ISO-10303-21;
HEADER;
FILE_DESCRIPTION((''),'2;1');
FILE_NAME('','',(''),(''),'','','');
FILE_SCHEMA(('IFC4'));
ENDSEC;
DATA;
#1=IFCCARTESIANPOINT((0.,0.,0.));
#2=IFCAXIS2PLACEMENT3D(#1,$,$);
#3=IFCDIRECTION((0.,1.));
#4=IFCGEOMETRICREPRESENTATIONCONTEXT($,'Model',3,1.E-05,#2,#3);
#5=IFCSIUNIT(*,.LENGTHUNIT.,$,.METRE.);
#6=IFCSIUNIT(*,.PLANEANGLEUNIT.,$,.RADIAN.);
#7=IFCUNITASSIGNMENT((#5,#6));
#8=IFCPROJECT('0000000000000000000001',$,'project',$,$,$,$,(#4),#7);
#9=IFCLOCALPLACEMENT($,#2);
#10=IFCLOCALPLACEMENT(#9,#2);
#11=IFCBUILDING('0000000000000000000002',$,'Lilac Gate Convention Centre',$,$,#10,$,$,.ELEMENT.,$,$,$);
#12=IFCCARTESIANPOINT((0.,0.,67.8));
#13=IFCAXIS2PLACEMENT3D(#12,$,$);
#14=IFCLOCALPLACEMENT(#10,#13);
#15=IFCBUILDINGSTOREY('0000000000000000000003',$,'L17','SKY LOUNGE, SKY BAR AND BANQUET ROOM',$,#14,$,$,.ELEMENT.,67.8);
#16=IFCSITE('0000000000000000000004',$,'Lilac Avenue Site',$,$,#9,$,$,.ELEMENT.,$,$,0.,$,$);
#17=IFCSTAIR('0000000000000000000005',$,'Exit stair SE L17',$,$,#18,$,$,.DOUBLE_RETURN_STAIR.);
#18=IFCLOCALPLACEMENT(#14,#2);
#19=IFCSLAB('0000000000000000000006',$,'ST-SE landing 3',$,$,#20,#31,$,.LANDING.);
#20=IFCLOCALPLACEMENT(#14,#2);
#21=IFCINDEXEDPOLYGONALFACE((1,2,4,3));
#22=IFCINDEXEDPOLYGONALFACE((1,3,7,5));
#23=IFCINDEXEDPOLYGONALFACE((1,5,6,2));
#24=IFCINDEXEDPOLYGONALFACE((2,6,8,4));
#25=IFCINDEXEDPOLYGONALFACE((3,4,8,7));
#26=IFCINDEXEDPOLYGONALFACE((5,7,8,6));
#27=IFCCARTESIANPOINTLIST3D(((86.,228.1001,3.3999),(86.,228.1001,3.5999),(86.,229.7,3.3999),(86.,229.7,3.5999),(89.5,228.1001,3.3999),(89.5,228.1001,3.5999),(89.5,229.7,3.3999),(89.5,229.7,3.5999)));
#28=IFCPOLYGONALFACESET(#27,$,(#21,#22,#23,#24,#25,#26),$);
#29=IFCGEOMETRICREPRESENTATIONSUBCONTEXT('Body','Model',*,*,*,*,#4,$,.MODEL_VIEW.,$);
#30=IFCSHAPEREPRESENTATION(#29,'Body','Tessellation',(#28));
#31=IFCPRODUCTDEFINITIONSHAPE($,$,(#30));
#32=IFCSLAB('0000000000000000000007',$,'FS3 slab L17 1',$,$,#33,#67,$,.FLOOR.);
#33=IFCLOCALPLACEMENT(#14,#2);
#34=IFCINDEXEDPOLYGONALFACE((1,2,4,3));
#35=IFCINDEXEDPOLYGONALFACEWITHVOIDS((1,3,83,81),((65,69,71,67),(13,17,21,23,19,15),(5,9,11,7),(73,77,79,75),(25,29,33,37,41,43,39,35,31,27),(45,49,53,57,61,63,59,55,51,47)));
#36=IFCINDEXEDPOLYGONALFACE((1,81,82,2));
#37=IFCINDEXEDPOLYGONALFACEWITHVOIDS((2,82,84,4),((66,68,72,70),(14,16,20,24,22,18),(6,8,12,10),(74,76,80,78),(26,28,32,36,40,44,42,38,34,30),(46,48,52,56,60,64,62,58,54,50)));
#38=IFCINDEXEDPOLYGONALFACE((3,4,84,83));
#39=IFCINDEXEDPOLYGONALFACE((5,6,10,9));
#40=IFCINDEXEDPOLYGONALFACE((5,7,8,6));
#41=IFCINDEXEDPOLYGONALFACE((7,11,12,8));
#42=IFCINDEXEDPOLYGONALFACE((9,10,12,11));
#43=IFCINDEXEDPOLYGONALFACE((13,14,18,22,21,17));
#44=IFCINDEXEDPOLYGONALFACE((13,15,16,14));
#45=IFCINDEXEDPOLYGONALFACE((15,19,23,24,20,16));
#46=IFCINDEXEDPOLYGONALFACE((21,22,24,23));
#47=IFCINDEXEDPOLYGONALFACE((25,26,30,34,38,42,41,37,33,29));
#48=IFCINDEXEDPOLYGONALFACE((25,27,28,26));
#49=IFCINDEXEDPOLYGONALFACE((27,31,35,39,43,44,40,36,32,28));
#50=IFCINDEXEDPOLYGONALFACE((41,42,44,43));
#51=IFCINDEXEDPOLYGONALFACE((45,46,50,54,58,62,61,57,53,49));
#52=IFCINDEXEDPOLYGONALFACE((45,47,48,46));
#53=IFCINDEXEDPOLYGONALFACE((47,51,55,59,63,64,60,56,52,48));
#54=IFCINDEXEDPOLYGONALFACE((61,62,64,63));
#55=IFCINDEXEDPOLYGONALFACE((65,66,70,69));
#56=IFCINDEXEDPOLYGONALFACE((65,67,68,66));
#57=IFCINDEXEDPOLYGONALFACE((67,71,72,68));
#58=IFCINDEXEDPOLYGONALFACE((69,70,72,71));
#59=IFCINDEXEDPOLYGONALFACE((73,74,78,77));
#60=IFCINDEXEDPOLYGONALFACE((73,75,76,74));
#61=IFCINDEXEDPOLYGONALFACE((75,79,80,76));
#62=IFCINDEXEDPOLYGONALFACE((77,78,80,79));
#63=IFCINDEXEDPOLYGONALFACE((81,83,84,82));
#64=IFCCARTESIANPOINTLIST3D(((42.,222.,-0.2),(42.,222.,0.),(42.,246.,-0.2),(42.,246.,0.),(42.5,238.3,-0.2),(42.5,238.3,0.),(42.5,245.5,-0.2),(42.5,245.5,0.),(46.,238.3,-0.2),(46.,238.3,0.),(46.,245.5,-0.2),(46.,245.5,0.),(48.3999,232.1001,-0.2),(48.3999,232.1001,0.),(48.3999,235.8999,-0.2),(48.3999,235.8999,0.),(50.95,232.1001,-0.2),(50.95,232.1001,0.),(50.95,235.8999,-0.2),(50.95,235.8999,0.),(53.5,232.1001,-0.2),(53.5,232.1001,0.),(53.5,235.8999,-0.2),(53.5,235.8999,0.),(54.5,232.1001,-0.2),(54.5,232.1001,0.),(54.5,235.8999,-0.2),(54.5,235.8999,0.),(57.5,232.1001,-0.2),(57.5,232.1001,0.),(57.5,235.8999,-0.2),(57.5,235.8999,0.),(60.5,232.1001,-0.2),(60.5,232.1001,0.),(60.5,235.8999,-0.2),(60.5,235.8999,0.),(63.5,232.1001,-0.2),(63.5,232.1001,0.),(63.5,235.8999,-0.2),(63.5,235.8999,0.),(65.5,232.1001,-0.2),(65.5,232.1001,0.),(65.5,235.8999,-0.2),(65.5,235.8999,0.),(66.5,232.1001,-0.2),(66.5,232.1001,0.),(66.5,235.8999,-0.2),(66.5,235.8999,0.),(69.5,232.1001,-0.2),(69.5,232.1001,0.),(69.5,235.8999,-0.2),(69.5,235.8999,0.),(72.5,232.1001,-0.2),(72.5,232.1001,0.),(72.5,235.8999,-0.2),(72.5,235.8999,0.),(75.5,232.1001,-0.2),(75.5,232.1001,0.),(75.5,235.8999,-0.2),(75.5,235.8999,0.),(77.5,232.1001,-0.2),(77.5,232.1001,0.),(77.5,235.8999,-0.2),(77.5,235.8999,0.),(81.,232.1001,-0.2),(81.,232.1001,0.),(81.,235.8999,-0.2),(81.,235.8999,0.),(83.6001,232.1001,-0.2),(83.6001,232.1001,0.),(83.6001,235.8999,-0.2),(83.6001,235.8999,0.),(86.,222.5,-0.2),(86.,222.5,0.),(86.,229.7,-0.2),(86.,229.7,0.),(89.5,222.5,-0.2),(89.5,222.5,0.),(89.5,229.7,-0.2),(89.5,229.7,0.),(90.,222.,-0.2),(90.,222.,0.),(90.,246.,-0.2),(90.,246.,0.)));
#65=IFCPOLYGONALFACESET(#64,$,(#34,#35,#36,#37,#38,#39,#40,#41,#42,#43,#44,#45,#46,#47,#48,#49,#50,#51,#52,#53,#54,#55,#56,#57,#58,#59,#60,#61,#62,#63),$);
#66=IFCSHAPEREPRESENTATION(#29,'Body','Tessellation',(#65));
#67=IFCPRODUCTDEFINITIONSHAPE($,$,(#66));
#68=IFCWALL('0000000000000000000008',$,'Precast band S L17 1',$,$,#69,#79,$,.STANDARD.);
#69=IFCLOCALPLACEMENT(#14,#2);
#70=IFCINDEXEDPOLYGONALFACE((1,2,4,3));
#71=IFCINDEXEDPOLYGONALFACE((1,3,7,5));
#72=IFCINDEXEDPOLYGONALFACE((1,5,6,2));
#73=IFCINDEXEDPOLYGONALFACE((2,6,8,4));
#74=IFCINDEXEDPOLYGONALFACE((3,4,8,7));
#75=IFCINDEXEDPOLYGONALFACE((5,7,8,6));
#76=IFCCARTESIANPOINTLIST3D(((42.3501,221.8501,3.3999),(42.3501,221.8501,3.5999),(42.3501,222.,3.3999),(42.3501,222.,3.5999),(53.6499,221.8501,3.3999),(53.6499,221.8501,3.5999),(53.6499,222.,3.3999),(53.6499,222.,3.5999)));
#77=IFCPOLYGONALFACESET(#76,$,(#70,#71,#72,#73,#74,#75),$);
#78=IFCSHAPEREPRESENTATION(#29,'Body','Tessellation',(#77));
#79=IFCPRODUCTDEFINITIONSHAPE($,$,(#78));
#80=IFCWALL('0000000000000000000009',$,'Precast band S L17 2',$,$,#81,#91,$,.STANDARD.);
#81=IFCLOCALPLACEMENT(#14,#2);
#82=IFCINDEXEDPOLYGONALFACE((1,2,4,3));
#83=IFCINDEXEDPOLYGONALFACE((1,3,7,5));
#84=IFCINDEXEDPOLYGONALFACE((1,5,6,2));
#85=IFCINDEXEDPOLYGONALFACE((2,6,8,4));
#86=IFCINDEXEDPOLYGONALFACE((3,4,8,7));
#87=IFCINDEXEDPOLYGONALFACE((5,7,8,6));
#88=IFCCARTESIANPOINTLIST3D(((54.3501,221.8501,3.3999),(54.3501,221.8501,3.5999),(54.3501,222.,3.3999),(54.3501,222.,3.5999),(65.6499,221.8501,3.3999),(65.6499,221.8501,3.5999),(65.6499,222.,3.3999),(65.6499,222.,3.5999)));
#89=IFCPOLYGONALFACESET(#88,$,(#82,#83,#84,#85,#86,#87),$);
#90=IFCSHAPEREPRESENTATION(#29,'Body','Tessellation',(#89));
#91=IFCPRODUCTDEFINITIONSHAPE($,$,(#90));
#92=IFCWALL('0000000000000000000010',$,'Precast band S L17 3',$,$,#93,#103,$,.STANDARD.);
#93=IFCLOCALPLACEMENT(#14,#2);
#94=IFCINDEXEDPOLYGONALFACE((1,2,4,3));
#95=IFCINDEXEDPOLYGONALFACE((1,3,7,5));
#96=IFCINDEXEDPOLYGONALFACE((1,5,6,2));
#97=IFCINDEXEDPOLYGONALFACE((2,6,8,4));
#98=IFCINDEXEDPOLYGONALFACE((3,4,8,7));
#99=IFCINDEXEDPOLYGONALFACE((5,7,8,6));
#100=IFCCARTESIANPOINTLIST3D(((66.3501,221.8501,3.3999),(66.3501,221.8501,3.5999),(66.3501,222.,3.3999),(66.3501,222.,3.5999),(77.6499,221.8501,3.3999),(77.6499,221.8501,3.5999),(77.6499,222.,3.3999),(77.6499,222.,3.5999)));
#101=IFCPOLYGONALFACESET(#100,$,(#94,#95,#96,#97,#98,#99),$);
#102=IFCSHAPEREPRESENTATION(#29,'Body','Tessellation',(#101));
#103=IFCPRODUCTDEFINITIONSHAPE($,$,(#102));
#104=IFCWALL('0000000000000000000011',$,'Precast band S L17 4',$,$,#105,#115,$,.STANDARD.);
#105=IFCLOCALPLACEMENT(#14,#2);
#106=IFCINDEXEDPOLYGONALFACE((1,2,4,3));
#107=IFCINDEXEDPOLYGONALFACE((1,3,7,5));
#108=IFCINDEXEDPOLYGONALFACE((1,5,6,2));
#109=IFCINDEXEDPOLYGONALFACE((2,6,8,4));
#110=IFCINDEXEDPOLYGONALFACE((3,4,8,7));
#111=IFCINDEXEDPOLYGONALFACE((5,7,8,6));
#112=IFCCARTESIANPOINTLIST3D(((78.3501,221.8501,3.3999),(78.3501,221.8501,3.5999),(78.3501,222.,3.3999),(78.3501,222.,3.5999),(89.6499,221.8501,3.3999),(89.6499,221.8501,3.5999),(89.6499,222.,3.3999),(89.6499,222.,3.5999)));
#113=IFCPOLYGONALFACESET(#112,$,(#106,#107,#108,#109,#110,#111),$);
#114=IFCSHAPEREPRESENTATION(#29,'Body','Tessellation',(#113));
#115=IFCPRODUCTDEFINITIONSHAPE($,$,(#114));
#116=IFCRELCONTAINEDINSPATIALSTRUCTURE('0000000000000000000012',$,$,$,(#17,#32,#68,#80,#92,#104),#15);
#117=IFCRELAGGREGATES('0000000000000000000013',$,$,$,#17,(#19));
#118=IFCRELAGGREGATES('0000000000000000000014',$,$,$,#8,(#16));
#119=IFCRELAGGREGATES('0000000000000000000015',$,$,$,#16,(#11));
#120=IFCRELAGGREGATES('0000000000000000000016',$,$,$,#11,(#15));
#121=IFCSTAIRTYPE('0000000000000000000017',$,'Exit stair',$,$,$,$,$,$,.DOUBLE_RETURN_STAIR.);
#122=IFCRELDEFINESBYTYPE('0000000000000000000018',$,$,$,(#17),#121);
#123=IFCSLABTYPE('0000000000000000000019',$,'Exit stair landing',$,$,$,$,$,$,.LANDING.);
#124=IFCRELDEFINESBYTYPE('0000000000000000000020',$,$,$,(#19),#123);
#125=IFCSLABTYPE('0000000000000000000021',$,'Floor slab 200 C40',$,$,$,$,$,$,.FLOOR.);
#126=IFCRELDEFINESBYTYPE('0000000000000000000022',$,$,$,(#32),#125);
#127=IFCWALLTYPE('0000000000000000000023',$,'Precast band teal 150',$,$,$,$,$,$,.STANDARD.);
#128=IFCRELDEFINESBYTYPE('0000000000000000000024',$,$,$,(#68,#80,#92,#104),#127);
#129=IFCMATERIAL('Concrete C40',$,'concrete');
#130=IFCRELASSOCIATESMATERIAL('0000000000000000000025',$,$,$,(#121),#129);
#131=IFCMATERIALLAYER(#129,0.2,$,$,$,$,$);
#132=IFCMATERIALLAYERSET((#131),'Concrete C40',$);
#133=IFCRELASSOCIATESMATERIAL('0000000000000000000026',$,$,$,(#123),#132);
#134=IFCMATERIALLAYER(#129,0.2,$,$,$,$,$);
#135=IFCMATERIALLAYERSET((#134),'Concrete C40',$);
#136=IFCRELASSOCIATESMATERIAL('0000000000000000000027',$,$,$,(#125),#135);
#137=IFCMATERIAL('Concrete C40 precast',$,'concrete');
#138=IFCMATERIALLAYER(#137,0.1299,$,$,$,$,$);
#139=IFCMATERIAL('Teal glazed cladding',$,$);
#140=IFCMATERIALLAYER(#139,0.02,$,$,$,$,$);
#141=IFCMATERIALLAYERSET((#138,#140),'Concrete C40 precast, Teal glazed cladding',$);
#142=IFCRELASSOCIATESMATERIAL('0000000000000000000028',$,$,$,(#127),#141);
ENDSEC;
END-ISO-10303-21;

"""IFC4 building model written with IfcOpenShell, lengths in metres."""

from ifc_helpers import new_model, si_unit, direction, frame, frame_2d, origin, place, context, subcontext, project, spatial, polyline, rectangle, outline, extrude, material, layer, layer_set, type_object, element, aggregate, save


model = new_model("IFC4")

# Units and contexts
model_context = context("Model", 3, precision=1e-05, world=origin(), true_north=direction((0.0, 1.0)))
body_context = subcontext(model_context, "Body", "Model", "MODEL_VIEW")
ifc_project = project(units=[si_unit("LENGTHUNIT", "METRE"), si_unit("PLANEANGLEUNIT", "RADIAN")], contexts=[model_context])

# Site, building, storey
site_placement = place(None, origin())
site = spatial("IfcSite", under=ifc_project, at=site_placement, Name="Lilac Avenue Site", CompositionType="ELEMENT", RefElevation=0.0)
building_placement = place(site_placement, origin())
building = spatial("IfcBuilding", under=site, at=building_placement, Name="Lilac Gate Convention Centre", CompositionType="ELEMENT")
storey_placement = place(building_placement, frame((0.0, 0.0, 67.8)))
storey = spatial("IfcBuildingStorey", under=building, at=storey_placement, Name="L17", Description="SKY LOUNGE, SKY BAR AND BANQUET ROOM", CompositionType="ELEMENT", Elevation=67.8)

# Shared definitions
ifc_material_1 = material(Name="Concrete C40", Category="concrete")

# Stair, slab
stair_type = type_object("IfcStairType", Name="Exit stair", PredefinedType="DOUBLE_RETURN_STAIR", material=ifc_material_1)
ifc_layer_1 = layer(ifc_material_1, 0.2)
ifc_layer_set_1 = layer_set([ifc_layer_1], Name="Concrete C40")
slab_type_1 = type_object("IfcSlabType", Name="Exit stair landing", PredefinedType="LANDING", material=ifc_layer_set_1)
stair_1_placement = place(storey_placement, origin())
stair_1 = element("IfcStair", 1, at=stair_1_placement, inside=storey, type_object=stair_type, Name="Exit stair SE L17", PredefinedType="DOUBLE_RETURN_STAIR")
slab_1_placement = place(storey_placement, frame((0.0, 0.0, 3.3999)))
slab_1 = element("IfcSlab", 2, at=slab_1_placement, type_object=slab_type_1, Name="ST-SE landing 3", PredefinedType="LANDING", context=body_context, shape_type="SweptSolid", body=[
    extrude(outline(polyline([(86.0, 228.1001), (89.5, 228.1001), (89.5, 229.7), (86.0, 229.7), (86.0, 228.1001)])), origin(), (0.0, 0.0, 1.0), 0.2),
])
aggregate(stair_1, [slab_1])

# Slab
ifc_layer_2 = layer(ifc_material_1, 0.2)
ifc_layer_set_2 = layer_set([ifc_layer_2], Name="Concrete C40")
slab_type_2 = type_object("IfcSlabType", Name="Floor slab 200 C40", PredefinedType="FLOOR", material=ifc_layer_set_2)
slab_2_placement = place(storey_placement, frame((0.0, 0.0, -0.2)))
element("IfcSlab", 3, at=slab_2_placement, inside=storey, type_object=slab_type_2, Name="FS3 slab L17 1", PredefinedType="FLOOR", context=body_context, shape_type="SweptSolid", body=[
    extrude(outline(polyline([(42.0, 222.0), (42.0, 246.0), (90.0, 246.0), (90.0, 222.0), (42.0, 222.0)]), holes=[polyline([(48.3999, 235.8999), (48.3999, 232.1001), (50.95, 232.1001), (53.5, 232.1001), (53.5, 235.8999), (50.95, 235.8999), (48.3999, 235.8999)]), polyline([(57.5, 235.8999), (54.5, 235.8999), (54.5, 232.1001), (57.5, 232.1001), (60.5, 232.1001), (63.5, 232.1001), (65.5, 232.1001), (65.5, 235.8999), (63.5, 235.8999), (60.5, 235.8999), (57.5, 235.8999)]), polyline([(42.5, 245.5), (42.5, 238.3), (46.0, 238.3), (46.0, 245.5), (42.5, 245.5)]), polyline([(89.5, 229.7), (86.0, 229.7), (86.0, 222.5), (89.5, 222.5), (89.5, 229.7)]), polyline([(69.5, 235.8999), (66.5, 235.8999), (66.5, 232.1001), (69.5, 232.1001), (72.5, 232.1001), (75.5, 232.1001), (77.5, 232.1001), (77.5, 235.8999), (75.5, 235.8999), (72.5, 235.8999), (69.5, 235.8999)]), polyline([(83.6001, 235.8999), (81.0, 235.8999), (81.0, 232.1001), (83.6001, 232.1001), (83.6001, 235.8999)])]), origin(), (0.0, 0.0, 1.0), 0.2),
])

# Walls
ifc_material_2 = material(Name="Concrete C40 precast", Category="concrete")
ifc_layer_3 = layer(ifc_material_2, 0.1299)
ifc_material_3 = material(Name="Teal glazed cladding")
ifc_layer_4 = layer(ifc_material_3, 0.02)
ifc_layer_set_3 = layer_set([ifc_layer_3, ifc_layer_4], Name="Concrete C40 precast, Teal glazed cladding")
wall_type = type_object("IfcWallType", Name="Precast band teal 150", PredefinedType="STANDARD", material=ifc_layer_set_3)
for number, where, z_axis, x_axis, name in (
    (4, (42.3501, 221.925, 3.3999), (0.0, 0.0, 1.0), (1.0, 0.0, 0.0), "Precast band S L17 1"),
    (5, (54.3501, 221.925, 3.3999), (0.0, 0.0, 1.0), (1.0, 0.0, 0.0), "Precast band S L17 2"),
    (6, (66.3501, 221.925, 3.3999), (0.0, 0.0, 1.0), (1.0, 0.0, 0.0), "Precast band S L17 3"),
    (7, (78.3501, 221.925, 3.3999), (0.0, 0.0, 1.0), (1.0, 0.0, 0.0), "Precast band S L17 4"),
):
    element("IfcWall", number, at=place(storey_placement, frame(where, z_axis=z_axis, x_axis=x_axis)), inside=storey, type_object=wall_type, Name=name, PredefinedType="STANDARD", context=body_context, shape_type="SweptSolid", body=[
        extrude(rectangle(XDim=11.2998, YDim=0.1499, at=frame_2d((5.6499, 0.0))), origin(), (0.0, 0.0, 1.0), 0.2),
    ])

save(model, "model.ifc")
